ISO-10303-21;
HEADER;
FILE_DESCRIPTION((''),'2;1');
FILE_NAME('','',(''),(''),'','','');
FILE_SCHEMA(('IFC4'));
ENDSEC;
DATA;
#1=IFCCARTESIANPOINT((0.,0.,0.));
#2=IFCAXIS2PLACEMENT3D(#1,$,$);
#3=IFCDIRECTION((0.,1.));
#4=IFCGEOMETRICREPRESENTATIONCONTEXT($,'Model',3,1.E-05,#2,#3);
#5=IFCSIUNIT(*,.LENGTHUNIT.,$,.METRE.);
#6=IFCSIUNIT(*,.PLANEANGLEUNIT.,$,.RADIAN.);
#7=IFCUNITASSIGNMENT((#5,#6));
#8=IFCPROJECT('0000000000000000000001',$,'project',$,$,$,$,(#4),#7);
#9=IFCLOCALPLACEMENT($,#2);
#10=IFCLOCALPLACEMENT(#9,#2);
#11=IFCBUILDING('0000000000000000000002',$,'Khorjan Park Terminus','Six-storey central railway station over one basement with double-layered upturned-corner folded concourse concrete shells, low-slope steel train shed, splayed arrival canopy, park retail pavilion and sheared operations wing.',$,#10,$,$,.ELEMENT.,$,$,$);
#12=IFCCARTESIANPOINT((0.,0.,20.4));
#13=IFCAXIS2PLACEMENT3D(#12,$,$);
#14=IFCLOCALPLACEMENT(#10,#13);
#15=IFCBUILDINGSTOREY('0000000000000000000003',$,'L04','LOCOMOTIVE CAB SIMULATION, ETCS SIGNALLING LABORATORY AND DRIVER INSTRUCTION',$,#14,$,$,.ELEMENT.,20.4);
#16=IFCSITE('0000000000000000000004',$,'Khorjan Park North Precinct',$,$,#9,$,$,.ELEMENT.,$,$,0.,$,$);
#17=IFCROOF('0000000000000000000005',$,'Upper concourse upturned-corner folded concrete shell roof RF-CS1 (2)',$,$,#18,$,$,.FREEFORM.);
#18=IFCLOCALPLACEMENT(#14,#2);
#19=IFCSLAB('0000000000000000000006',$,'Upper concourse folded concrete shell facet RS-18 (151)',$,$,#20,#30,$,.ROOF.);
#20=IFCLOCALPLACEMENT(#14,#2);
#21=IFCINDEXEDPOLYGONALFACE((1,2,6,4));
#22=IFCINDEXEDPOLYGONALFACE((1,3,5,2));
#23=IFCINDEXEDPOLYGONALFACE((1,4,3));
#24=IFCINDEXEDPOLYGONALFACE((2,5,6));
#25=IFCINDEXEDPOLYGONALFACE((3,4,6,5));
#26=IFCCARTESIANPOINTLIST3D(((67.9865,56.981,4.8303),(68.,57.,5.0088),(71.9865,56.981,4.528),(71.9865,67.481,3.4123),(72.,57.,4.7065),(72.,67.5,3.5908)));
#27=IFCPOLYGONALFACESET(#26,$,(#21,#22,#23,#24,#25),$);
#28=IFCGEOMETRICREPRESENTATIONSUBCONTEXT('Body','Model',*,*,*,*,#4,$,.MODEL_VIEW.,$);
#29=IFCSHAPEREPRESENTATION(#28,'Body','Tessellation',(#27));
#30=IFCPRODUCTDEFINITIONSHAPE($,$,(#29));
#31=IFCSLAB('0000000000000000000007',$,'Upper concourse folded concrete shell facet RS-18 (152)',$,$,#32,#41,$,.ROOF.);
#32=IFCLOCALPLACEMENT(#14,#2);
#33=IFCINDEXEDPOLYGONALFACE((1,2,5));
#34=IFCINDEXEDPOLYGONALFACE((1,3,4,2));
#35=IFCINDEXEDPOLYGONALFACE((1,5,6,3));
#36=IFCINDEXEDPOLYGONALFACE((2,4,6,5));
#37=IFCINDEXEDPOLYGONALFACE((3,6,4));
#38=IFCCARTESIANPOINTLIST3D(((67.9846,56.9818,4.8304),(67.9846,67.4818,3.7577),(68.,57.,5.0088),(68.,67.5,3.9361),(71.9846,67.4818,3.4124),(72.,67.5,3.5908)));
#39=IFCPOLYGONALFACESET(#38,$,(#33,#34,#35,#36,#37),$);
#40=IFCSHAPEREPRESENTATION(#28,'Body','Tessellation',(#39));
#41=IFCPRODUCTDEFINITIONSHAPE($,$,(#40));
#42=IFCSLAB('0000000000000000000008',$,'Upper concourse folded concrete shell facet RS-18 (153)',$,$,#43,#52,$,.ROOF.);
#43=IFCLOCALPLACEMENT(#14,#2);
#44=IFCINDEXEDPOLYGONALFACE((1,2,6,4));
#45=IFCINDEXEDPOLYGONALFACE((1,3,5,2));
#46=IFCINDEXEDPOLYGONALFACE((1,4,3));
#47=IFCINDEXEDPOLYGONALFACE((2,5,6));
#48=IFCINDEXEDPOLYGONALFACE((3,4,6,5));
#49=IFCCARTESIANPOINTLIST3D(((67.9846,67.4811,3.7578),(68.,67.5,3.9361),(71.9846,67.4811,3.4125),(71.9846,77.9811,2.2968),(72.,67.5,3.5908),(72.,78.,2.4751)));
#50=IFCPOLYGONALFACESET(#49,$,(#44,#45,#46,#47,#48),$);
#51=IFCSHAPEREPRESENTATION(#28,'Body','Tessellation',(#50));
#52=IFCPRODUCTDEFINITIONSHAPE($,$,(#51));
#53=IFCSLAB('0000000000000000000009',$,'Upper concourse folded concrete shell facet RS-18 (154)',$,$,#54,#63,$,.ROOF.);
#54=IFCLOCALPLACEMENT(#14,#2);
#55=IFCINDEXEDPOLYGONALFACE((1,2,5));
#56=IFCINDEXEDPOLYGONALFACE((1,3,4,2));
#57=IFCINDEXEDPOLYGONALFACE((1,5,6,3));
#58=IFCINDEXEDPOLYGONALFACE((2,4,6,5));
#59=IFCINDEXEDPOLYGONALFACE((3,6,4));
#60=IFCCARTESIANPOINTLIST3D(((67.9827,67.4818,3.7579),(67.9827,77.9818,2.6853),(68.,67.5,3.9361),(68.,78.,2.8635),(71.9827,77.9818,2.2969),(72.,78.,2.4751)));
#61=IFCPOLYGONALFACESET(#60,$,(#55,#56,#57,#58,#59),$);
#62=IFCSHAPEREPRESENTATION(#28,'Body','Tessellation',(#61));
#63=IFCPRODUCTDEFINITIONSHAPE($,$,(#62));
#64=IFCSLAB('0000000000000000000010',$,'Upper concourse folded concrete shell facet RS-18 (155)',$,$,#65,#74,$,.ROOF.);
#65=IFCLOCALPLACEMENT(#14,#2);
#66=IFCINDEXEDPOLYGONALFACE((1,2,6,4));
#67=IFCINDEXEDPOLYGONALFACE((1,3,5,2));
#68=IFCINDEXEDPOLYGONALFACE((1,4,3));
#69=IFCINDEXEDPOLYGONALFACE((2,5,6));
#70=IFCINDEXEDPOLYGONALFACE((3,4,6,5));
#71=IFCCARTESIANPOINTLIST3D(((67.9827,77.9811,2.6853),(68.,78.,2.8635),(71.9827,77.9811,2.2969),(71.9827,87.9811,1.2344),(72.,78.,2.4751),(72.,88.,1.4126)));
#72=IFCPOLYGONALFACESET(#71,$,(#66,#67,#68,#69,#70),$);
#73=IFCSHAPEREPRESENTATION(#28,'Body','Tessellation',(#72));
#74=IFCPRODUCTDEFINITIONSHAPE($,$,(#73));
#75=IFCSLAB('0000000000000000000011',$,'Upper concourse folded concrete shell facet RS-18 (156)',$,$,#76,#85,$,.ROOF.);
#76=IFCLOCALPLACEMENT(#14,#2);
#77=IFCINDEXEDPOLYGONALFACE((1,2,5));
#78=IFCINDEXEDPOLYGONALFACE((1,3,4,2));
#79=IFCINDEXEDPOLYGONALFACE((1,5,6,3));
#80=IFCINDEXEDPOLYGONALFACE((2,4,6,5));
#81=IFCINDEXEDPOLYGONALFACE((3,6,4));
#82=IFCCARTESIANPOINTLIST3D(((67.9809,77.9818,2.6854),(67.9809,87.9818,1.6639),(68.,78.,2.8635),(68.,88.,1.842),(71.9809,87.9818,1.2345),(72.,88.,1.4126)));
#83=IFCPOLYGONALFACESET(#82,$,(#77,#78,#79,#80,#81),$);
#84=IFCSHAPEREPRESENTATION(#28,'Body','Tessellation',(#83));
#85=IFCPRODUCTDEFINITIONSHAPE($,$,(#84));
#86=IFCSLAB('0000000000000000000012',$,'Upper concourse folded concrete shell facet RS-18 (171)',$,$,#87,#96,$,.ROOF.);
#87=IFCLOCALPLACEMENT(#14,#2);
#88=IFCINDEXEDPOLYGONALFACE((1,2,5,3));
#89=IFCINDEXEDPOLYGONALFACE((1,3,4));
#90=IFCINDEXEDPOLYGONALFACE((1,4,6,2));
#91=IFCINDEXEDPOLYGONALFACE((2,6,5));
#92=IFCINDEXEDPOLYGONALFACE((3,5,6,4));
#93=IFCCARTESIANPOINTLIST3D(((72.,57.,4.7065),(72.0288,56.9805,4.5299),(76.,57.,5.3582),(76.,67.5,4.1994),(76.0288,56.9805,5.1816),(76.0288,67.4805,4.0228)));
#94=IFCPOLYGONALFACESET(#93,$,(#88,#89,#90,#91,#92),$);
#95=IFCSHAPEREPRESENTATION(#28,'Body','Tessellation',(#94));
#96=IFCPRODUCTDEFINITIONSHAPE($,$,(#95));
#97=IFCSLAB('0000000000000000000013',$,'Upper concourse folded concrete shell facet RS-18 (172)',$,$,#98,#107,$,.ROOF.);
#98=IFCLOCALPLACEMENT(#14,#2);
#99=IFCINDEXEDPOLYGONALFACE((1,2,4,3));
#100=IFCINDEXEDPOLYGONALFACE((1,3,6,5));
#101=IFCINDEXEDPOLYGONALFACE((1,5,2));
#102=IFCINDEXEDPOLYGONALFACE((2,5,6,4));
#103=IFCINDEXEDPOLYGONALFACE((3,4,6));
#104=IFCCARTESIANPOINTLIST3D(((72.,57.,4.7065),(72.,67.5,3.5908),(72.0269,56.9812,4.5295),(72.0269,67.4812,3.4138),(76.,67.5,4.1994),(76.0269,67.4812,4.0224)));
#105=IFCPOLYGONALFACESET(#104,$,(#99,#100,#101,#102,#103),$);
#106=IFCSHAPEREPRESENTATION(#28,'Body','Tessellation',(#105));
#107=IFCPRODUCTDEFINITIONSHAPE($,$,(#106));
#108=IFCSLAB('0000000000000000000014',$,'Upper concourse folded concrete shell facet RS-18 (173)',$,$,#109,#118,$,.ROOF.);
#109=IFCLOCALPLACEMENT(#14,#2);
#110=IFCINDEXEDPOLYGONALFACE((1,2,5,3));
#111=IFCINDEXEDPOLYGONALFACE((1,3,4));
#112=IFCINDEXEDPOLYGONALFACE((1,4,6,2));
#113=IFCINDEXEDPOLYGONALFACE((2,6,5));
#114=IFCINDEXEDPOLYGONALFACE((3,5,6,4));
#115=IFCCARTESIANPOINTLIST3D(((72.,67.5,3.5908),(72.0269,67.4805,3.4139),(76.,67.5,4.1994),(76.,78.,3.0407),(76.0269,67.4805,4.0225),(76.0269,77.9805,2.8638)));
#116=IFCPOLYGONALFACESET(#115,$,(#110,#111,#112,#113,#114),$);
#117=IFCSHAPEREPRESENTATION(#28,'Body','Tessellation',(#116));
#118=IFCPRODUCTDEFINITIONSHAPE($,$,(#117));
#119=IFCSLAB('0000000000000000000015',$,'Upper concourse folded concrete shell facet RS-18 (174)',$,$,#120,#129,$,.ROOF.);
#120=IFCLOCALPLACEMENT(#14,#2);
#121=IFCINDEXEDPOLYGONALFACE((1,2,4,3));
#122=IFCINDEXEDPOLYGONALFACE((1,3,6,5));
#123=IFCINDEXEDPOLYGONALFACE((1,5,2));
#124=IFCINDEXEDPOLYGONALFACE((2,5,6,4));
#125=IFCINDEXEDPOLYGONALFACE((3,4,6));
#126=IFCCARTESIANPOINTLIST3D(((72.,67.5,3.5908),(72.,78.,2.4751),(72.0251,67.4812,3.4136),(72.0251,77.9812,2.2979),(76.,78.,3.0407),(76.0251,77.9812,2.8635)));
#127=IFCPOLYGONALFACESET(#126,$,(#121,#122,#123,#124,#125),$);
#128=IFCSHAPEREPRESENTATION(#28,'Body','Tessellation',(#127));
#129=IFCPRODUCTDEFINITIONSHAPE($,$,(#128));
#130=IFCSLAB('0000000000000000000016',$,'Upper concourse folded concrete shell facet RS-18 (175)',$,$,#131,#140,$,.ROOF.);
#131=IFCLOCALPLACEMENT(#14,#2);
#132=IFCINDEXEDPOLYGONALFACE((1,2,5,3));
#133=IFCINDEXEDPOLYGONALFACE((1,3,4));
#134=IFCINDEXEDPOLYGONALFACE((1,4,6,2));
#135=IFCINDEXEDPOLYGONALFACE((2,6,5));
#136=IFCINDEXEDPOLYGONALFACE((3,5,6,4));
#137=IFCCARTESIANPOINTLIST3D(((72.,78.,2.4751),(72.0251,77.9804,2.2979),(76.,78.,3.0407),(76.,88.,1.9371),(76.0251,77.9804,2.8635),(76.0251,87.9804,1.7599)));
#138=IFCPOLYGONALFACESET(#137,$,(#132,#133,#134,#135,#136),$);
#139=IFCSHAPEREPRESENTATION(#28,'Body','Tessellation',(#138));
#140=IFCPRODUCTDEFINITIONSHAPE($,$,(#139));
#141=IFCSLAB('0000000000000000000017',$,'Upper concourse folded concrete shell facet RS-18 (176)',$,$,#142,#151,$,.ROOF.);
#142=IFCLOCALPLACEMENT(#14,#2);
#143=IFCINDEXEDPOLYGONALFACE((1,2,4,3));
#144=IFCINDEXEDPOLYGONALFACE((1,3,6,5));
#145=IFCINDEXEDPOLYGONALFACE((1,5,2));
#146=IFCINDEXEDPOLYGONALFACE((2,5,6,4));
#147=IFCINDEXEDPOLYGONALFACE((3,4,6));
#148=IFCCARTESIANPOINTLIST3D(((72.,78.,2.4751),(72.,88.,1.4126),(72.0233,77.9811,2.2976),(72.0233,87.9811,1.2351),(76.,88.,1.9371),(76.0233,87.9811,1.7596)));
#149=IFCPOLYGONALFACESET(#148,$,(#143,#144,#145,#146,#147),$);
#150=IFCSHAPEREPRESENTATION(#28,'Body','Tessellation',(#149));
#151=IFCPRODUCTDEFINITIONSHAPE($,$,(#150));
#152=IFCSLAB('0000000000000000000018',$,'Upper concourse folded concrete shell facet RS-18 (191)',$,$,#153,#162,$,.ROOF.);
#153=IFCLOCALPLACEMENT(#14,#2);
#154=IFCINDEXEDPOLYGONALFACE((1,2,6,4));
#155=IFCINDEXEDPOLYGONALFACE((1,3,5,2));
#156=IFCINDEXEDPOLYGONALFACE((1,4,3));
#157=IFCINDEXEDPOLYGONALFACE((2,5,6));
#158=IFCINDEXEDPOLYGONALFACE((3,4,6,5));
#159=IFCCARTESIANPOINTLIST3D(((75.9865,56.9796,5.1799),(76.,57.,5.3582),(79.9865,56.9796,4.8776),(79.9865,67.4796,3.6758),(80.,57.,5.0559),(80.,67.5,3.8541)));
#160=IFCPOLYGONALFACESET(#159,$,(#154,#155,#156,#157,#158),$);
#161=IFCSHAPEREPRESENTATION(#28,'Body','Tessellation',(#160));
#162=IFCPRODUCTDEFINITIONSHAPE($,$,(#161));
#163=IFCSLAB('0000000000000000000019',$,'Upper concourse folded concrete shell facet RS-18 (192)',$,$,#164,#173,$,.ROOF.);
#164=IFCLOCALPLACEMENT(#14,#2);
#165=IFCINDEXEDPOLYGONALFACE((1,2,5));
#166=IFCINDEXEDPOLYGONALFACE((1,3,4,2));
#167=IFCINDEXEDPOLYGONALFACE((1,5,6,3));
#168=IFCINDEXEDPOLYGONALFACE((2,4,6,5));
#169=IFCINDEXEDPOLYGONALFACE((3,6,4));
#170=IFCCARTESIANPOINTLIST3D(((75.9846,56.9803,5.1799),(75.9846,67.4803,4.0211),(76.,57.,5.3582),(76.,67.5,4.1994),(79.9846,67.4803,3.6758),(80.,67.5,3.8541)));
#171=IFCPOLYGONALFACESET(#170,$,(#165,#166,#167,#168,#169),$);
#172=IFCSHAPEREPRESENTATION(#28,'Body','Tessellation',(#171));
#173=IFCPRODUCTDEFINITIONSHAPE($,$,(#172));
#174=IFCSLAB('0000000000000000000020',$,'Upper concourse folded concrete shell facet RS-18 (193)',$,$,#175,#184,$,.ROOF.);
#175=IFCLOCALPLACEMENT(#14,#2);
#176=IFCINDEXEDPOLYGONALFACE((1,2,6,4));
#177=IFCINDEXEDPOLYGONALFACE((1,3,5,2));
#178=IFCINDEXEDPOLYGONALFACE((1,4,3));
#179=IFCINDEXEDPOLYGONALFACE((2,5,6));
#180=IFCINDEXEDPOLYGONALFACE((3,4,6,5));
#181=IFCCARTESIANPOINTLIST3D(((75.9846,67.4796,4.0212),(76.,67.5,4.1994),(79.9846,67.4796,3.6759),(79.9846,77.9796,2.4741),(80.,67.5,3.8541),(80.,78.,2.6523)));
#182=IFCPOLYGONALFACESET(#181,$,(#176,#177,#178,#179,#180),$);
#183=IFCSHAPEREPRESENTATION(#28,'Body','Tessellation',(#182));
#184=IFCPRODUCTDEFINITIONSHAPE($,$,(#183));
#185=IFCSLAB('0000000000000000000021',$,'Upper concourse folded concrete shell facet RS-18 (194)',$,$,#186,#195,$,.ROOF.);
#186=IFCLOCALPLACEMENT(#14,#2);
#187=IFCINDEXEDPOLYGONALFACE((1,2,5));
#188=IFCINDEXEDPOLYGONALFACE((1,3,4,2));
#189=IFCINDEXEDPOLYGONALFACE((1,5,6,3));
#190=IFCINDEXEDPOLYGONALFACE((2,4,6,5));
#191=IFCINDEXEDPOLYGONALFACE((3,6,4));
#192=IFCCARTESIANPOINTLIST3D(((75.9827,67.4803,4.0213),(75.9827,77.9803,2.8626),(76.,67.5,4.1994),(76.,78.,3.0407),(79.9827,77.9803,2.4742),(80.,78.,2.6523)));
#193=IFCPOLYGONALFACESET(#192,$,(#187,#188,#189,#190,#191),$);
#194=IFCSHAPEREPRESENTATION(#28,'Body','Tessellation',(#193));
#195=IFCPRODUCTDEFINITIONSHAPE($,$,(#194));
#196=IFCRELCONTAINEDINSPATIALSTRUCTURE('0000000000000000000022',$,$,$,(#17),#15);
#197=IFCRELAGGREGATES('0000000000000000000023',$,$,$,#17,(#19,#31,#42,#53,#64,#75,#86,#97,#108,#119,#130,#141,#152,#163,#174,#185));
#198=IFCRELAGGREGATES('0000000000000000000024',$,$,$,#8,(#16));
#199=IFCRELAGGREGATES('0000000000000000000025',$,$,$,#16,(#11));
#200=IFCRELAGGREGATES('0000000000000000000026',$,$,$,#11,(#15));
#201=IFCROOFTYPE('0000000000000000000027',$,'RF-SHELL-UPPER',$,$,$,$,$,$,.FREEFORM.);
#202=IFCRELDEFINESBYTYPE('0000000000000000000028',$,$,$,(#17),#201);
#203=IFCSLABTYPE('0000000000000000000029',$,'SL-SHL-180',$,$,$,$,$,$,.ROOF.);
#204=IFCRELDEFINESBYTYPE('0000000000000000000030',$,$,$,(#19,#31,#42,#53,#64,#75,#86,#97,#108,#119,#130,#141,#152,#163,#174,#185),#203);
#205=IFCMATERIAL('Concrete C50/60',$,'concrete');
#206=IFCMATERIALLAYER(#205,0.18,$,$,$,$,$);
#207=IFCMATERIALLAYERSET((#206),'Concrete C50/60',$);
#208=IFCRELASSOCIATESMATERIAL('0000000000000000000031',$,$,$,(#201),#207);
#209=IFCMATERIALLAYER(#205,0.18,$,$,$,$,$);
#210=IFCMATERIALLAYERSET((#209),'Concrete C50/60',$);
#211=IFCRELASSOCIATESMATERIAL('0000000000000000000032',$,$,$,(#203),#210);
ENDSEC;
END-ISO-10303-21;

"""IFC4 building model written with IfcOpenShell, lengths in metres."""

from ifc_helpers import new_model, si_unit, direction, frame, origin, place, context, subcontext, project, spatial, polyline, outline, extrude, material, layer, layer_set, type_object, element, aggregate, save


model = new_model("IFC4")

# Units and contexts
model_context = context("Model", 3, precision=1e-05, world=origin(), true_north=direction((0.0, 1.0)))
body_context = subcontext(model_context, "Body", "Model", "MODEL_VIEW")
ifc_project = project(units=[si_unit("LENGTHUNIT", "METRE"), si_unit("PLANEANGLEUNIT", "RADIAN")], contexts=[model_context])

# Site, building, storey
site_placement = place(None, origin())
site = spatial("IfcSite", under=ifc_project, at=site_placement, Name="Khorjan Park North Precinct", CompositionType="ELEMENT", RefElevation=0.0)
building_placement = place(site_placement, origin())
building = spatial("IfcBuilding", under=site, at=building_placement, Name="Khorjan Park Terminus", Description="Six-storey central railway station over one basement with double-layered upturned-corner folded concourse concrete shells, low-slope steel train shed, splayed arrival canopy, park retail pavilion and sheared operations wing.", CompositionType="ELEMENT")
storey_placement = place(building_placement, frame((0.0, 0.0, 20.4)))
storey = spatial("IfcBuildingStorey", under=building, at=storey_placement, Name="L04", Description="LOCOMOTIVE CAB SIMULATION, ETCS SIGNALLING LABORATORY AND DRIVER INSTRUCTION", CompositionType="ELEMENT", Elevation=20.4)

# Roof, slabs
ifc_material = material(Name="Concrete C50/60", Category="concrete")
ifc_layer_1 = layer(ifc_material, 0.18)
ifc_layer_set_1 = layer_set([ifc_layer_1], Name="Concrete C50/60")
roof_type = type_object("IfcRoofType", Name="RF-SHELL-UPPER", PredefinedType="FREEFORM", material=ifc_layer_set_1)
roof_1_placement = place(storey_placement, origin())
roof_1 = element("IfcRoof", 1, at=roof_1_placement, inside=storey, type_object=roof_type, Name="Upper concourse upturned-corner folded concrete shell roof RF-CS1 (2)", PredefinedType="FREEFORM")
ifc_layer_2 = layer(ifc_material, 0.18)
ifc_layer_set_2 = layer_set([ifc_layer_2], Name="Concrete C50/60")
slab_type = type_object("IfcSlabType", Name="SL-SHL-180", PredefinedType="ROOF", material=ifc_layer_set_2)
slab_1_placement = place(storey_placement, frame((68.0, 57.0, 5.0088), z_axis=(0.074941, 0.105365, 0.991606), x_axis=(0.997156, 0.0, -0.07536)))
slab_1 = element("IfcSlab", 2, at=slab_1_placement, type_object=slab_type, Name="Upper concourse folded concrete shell facet RS-18 (151)", PredefinedType="ROOF", context=body_context, shape_type="SweptSolid", body=[
    extrude(outline(polyline([(0.0, 0.0), (4.0114, 0.0), (4.0955, 10.5588), (0.0, 0.0)])), origin(), (0.0, 0.0, -1.0), 0.18),
])
slab_2_placement = place(storey_placement, frame((68.0, 57.0, 5.0088), z_axis=(0.085563, 0.10126, 0.991174), x_axis=(0.353194, 0.927134, -0.125207)))
slab_2 = element("IfcSlab", 3, at=slab_2_placement, type_object=slab_type, Name="Upper concourse folded concrete shell facet RS-18 (152)", PredefinedType="ROOF", context=body_context, shape_type="SweptSolid", body=[
    extrude(outline(polyline([(0.0, 0.0), (11.3252, 0.0), (9.8692, 3.7416), (0.0, 0.0)])), origin(), (0.0, 0.0, -1.0), 0.18),
])
slab_3_placement = place(storey_placement, frame((68.0, 67.5, 3.9361), z_axis=(0.085527, 0.105275, 0.990758), x_axis=(0.996295, 0.0, -0.086005)))
slab_3 = element("IfcSlab", 4, at=slab_3_placement, type_object=slab_type, Name="Upper concourse folded concrete shell facet RS-18 (153)", PredefinedType="ROOF", context=body_context, shape_type="SweptSolid", body=[
    extrude(outline(polyline([(0.0, 0.0), (4.0149, 0.0), (4.1108, 10.5587), (0.0, 0.0)])), origin(), (0.0, 0.0, -1.0), 0.18),
])
slab_4_placement = place(storey_placement, frame((68.0, 67.5, 3.9361), z_axis=(0.09615, 0.101153, 0.990214), x_axis=(0.353024, 0.926687, -0.128942)))
slab_4 = element("IfcSlab", 5, at=slab_4_placement, type_object=slab_type, Name="Upper concourse folded concrete shell facet RS-18 (154)", PredefinedType="ROOF", context=body_context, shape_type="SweptSolid", body=[
    extrude(outline(polyline([(0.0, 0.0), (11.3307, 0.0), (9.8685, 3.7434), (0.0, 0.0)])), origin(), (0.0, 0.0, -1.0), 0.18),
])
slab_5_placement = place(storey_placement, frame((68.0, 78.0, 2.8635), z_axis=(0.09611, 0.105166, 0.989799), x_axis=(0.995319, 0.0, -0.096645)))
slab_5 = element("IfcSlab", 6, at=slab_5_placement, type_object=slab_type, Name="Upper concourse folded concrete shell facet RS-18 (155)", PredefinedType="ROOF", context=body_context, shape_type="SweptSolid", body=[
    extrude(outline(polyline([(0.0, 0.0), (4.0188, 0.0), (4.1215, 10.0558), (0.0, 0.0)])), origin(), (0.0, 0.0, -1.0), 0.18),
])
slab_6_placement = place(storey_placement, frame((68.0, 78.0, 2.8635), z_axis=(0.10619, 0.101047, 0.989198), x_axis=(0.368066, 0.920165, -0.133507)))
slab_6 = element("IfcSlab", 7, at=slab_6_placement, type_object=slab_type, Name="Upper concourse folded concrete shell facet RS-18 (156)", PredefinedType="ROOF", context=body_context, shape_type="SweptSolid", body=[
    extrude(outline(polyline([(0.0, 0.0), (10.8676, 0.0), (9.338, 3.7209), (0.0, 0.0)])), origin(), (0.0, 0.0, -1.0), 0.18),
])
slab_7_placement = place(storey_placement, frame((72.0, 57.0, 4.7065), z_axis=(-0.159859, 0.108285, 0.981183), x_axis=(0.986986, 0.0, 0.160805)))
slab_7 = element("IfcSlab", 8, at=slab_7_placement, type_object=slab_type, Name="Upper concourse folded concrete shell facet RS-18 (171)", PredefinedType="ROOF", context=body_context, shape_type="SweptSolid", body=[
    extrude(outline(polyline([(0.0, 0.0), (4.0527, 0.0), (3.8664, 10.5621), (0.0, 0.0)])), origin(), (0.0, 0.0, -1.0), 0.18),
])
slab_8_placement = place(storey_placement, frame((72.0, 57.0, 4.7065), z_axis=(-0.149596, 0.104473, 0.983212), x_axis=(0.355633, 0.933537, -0.045085)))
slab_8 = element("IfcSlab", 9, at=slab_8_placement, type_object=slab_type, Name="Upper concourse folded concrete shell facet RS-18 (172)", PredefinedType="ROOF", context=body_context, shape_type="SweptSolid", body=[
    extrude(outline(polyline([(0.0, 0.0), (11.2475, 0.0), (9.8524, 3.7979), (0.0, 0.0)])), origin(), (0.0, 0.0, -1.0), 0.18),
])
slab_9_placement = place(storey_placement, frame((72.0, 67.5, 3.5908), z_axis=(-0.149532, 0.108453, 0.982791), x_axis=(0.988622, 0.0, 0.150419)))
slab_9 = element("IfcSlab", 10, at=slab_9_placement, type_object=slab_type, Name="Upper concourse folded concrete shell facet RS-18 (173)", PredefinedType="ROOF", context=body_context, shape_type="SweptSolid", body=[
    extrude(outline(polyline([(0.0, 0.0), (4.046, 0.0), (3.8717, 10.5623), (0.0, 0.0)])), origin(), (0.0, 0.0, -1.0), 0.18),
])
slab_10_placement = place(storey_placement, frame((72.0, 67.5, 3.5908), z_axis=(-0.139239, 0.104633, 0.984715), x_axis=(0.355569, 0.93337, -0.0489)))
slab_10 = element("IfcSlab", 11, at=slab_10_placement, type_object=slab_type, Name="Upper concourse folded concrete shell facet RS-18 (174)", PredefinedType="ROOF", context=body_context, shape_type="SweptSolid", body=[
    extrude(outline(polyline([(0.0, 0.0), (11.2496, 0.0), (9.8549, 3.7914), (0.0, 0.0)])), origin(), (0.0, 0.0, -1.0), 0.18),
])
slab_11_placement = place(storey_placement, frame((72.0, 78.0, 2.4751), z_axis=(-0.139179, 0.108626, 0.984291), x_axis=(0.99015, 0.0, 0.140007)))
slab_11 = element("IfcSlab", 12, at=slab_11_placement, type_object=slab_type, Name="Upper concourse folded concrete shell facet RS-18 (175)", PredefinedType="ROOF", context=body_context, shape_type="SweptSolid", body=[
    extrude(outline(polyline([(0.0, 0.0), (4.0398, 0.0), (3.8853, 10.0595), (0.0, 0.0)])), origin(), (0.0, 0.0, -1.0), 0.18),
])
slab_12_placement = place(storey_placement, frame((72.0, 78.0, 2.4751), z_axis=(-0.129297, 0.104768, 0.986056), x_axis=(0.370928, 0.92732, -0.04989)))
slab_12 = element("IfcSlab", 13, at=slab_12_placement, type_object=slab_type, Name="Upper concourse folded concrete shell facet RS-18 (176)", PredefinedType="ROOF", context=body_context, shape_type="SweptSolid", body=[
    extrude(outline(polyline([(0.0, 0.0), (10.7838, 0.0), (9.3262, 3.7617), (0.0, 0.0)])), origin(), (0.0, 0.0, -1.0), 0.18),
])
slab_13_placement = place(storey_placement, frame((76.0, 57.0, 5.3582), z_axis=(0.074874, 0.113396, 0.990725), x_axis=(0.997156, 0.0, -0.07536)))
slab_13 = element("IfcSlab", 14, at=slab_13_placement, type_object=slab_type, Name="Upper concourse folded concrete shell facet RS-18 (191)", PredefinedType="ROOF", context=body_context, shape_type="SweptSolid", body=[
    extrude(outline(polyline([(0.0, 0.0), (4.0114, 0.0), (4.102, 10.5682), (0.0, 0.0)])), origin(), (0.0, 0.0, -1.0), 0.18),
])
slab_14_placement = place(storey_placement, frame((76.0, 57.0, 5.3582), z_axis=(0.08549, 0.109294, 0.990326), x_axis=(0.352848, 0.926226, -0.13268)))
slab_14 = element("IfcSlab", 15, at=slab_14_placement, type_object=slab_type, Name="Upper concourse folded concrete shell facet RS-18 (192)", PredefinedType="ROOF", context=body_context, shape_type="SweptSolid", body=[
    extrude(outline(polyline([(0.0, 0.0), (11.3363, 0.0), (9.8791, 3.7411), (0.0, 0.0)])), origin(), (0.0, 0.0, -1.0), 0.18),
])
slab_15_placement = place(storey_placement, frame((76.0, 67.5, 4.1994), z_axis=(0.085451, 0.113299, 0.98988), x_axis=(0.996295, 0.0, -0.086005)))
slab_15 = element("IfcSlab", 16, at=slab_15_placement, type_object=slab_type, Name="Upper concourse folded concrete shell facet RS-18 (193)", PredefinedType="ROOF", context=body_context, shape_type="SweptSolid", body=[
    extrude(outline(polyline([(0.0, 0.0), (4.0149, 0.0), (4.1182, 10.568), (0.0, 0.0)])), origin(), (0.0, 0.0, -1.0), 0.18),
])
slab_16_placement = place(storey_placement, frame((76.0, 67.5, 4.1994), z_axis=(0.096068, 0.109179, 0.989369), x_axis=(0.352668, 0.925753, -0.136403)))
slab_16 = element("IfcSlab", 17, at=slab_16_placement, type_object=slab_type, Name="Upper concourse folded concrete shell facet RS-18 (194)", PredefinedType="ROOF", context=body_context, shape_type="SweptSolid", body=[
    extrude(outline(polyline([(0.0, 0.0), (11.3421, 0.0), (9.8785, 3.7428), (0.0, 0.0)])), origin(), (0.0, 0.0, -1.0), 0.18),
])
aggregate(roof_1, [slab_1, slab_2, slab_3, slab_4, slab_5, slab_6, slab_7, slab_8, slab_9, slab_10, slab_11, slab_12, slab_13, slab_14, slab_15, slab_16])

save(model, "model.ifc")
